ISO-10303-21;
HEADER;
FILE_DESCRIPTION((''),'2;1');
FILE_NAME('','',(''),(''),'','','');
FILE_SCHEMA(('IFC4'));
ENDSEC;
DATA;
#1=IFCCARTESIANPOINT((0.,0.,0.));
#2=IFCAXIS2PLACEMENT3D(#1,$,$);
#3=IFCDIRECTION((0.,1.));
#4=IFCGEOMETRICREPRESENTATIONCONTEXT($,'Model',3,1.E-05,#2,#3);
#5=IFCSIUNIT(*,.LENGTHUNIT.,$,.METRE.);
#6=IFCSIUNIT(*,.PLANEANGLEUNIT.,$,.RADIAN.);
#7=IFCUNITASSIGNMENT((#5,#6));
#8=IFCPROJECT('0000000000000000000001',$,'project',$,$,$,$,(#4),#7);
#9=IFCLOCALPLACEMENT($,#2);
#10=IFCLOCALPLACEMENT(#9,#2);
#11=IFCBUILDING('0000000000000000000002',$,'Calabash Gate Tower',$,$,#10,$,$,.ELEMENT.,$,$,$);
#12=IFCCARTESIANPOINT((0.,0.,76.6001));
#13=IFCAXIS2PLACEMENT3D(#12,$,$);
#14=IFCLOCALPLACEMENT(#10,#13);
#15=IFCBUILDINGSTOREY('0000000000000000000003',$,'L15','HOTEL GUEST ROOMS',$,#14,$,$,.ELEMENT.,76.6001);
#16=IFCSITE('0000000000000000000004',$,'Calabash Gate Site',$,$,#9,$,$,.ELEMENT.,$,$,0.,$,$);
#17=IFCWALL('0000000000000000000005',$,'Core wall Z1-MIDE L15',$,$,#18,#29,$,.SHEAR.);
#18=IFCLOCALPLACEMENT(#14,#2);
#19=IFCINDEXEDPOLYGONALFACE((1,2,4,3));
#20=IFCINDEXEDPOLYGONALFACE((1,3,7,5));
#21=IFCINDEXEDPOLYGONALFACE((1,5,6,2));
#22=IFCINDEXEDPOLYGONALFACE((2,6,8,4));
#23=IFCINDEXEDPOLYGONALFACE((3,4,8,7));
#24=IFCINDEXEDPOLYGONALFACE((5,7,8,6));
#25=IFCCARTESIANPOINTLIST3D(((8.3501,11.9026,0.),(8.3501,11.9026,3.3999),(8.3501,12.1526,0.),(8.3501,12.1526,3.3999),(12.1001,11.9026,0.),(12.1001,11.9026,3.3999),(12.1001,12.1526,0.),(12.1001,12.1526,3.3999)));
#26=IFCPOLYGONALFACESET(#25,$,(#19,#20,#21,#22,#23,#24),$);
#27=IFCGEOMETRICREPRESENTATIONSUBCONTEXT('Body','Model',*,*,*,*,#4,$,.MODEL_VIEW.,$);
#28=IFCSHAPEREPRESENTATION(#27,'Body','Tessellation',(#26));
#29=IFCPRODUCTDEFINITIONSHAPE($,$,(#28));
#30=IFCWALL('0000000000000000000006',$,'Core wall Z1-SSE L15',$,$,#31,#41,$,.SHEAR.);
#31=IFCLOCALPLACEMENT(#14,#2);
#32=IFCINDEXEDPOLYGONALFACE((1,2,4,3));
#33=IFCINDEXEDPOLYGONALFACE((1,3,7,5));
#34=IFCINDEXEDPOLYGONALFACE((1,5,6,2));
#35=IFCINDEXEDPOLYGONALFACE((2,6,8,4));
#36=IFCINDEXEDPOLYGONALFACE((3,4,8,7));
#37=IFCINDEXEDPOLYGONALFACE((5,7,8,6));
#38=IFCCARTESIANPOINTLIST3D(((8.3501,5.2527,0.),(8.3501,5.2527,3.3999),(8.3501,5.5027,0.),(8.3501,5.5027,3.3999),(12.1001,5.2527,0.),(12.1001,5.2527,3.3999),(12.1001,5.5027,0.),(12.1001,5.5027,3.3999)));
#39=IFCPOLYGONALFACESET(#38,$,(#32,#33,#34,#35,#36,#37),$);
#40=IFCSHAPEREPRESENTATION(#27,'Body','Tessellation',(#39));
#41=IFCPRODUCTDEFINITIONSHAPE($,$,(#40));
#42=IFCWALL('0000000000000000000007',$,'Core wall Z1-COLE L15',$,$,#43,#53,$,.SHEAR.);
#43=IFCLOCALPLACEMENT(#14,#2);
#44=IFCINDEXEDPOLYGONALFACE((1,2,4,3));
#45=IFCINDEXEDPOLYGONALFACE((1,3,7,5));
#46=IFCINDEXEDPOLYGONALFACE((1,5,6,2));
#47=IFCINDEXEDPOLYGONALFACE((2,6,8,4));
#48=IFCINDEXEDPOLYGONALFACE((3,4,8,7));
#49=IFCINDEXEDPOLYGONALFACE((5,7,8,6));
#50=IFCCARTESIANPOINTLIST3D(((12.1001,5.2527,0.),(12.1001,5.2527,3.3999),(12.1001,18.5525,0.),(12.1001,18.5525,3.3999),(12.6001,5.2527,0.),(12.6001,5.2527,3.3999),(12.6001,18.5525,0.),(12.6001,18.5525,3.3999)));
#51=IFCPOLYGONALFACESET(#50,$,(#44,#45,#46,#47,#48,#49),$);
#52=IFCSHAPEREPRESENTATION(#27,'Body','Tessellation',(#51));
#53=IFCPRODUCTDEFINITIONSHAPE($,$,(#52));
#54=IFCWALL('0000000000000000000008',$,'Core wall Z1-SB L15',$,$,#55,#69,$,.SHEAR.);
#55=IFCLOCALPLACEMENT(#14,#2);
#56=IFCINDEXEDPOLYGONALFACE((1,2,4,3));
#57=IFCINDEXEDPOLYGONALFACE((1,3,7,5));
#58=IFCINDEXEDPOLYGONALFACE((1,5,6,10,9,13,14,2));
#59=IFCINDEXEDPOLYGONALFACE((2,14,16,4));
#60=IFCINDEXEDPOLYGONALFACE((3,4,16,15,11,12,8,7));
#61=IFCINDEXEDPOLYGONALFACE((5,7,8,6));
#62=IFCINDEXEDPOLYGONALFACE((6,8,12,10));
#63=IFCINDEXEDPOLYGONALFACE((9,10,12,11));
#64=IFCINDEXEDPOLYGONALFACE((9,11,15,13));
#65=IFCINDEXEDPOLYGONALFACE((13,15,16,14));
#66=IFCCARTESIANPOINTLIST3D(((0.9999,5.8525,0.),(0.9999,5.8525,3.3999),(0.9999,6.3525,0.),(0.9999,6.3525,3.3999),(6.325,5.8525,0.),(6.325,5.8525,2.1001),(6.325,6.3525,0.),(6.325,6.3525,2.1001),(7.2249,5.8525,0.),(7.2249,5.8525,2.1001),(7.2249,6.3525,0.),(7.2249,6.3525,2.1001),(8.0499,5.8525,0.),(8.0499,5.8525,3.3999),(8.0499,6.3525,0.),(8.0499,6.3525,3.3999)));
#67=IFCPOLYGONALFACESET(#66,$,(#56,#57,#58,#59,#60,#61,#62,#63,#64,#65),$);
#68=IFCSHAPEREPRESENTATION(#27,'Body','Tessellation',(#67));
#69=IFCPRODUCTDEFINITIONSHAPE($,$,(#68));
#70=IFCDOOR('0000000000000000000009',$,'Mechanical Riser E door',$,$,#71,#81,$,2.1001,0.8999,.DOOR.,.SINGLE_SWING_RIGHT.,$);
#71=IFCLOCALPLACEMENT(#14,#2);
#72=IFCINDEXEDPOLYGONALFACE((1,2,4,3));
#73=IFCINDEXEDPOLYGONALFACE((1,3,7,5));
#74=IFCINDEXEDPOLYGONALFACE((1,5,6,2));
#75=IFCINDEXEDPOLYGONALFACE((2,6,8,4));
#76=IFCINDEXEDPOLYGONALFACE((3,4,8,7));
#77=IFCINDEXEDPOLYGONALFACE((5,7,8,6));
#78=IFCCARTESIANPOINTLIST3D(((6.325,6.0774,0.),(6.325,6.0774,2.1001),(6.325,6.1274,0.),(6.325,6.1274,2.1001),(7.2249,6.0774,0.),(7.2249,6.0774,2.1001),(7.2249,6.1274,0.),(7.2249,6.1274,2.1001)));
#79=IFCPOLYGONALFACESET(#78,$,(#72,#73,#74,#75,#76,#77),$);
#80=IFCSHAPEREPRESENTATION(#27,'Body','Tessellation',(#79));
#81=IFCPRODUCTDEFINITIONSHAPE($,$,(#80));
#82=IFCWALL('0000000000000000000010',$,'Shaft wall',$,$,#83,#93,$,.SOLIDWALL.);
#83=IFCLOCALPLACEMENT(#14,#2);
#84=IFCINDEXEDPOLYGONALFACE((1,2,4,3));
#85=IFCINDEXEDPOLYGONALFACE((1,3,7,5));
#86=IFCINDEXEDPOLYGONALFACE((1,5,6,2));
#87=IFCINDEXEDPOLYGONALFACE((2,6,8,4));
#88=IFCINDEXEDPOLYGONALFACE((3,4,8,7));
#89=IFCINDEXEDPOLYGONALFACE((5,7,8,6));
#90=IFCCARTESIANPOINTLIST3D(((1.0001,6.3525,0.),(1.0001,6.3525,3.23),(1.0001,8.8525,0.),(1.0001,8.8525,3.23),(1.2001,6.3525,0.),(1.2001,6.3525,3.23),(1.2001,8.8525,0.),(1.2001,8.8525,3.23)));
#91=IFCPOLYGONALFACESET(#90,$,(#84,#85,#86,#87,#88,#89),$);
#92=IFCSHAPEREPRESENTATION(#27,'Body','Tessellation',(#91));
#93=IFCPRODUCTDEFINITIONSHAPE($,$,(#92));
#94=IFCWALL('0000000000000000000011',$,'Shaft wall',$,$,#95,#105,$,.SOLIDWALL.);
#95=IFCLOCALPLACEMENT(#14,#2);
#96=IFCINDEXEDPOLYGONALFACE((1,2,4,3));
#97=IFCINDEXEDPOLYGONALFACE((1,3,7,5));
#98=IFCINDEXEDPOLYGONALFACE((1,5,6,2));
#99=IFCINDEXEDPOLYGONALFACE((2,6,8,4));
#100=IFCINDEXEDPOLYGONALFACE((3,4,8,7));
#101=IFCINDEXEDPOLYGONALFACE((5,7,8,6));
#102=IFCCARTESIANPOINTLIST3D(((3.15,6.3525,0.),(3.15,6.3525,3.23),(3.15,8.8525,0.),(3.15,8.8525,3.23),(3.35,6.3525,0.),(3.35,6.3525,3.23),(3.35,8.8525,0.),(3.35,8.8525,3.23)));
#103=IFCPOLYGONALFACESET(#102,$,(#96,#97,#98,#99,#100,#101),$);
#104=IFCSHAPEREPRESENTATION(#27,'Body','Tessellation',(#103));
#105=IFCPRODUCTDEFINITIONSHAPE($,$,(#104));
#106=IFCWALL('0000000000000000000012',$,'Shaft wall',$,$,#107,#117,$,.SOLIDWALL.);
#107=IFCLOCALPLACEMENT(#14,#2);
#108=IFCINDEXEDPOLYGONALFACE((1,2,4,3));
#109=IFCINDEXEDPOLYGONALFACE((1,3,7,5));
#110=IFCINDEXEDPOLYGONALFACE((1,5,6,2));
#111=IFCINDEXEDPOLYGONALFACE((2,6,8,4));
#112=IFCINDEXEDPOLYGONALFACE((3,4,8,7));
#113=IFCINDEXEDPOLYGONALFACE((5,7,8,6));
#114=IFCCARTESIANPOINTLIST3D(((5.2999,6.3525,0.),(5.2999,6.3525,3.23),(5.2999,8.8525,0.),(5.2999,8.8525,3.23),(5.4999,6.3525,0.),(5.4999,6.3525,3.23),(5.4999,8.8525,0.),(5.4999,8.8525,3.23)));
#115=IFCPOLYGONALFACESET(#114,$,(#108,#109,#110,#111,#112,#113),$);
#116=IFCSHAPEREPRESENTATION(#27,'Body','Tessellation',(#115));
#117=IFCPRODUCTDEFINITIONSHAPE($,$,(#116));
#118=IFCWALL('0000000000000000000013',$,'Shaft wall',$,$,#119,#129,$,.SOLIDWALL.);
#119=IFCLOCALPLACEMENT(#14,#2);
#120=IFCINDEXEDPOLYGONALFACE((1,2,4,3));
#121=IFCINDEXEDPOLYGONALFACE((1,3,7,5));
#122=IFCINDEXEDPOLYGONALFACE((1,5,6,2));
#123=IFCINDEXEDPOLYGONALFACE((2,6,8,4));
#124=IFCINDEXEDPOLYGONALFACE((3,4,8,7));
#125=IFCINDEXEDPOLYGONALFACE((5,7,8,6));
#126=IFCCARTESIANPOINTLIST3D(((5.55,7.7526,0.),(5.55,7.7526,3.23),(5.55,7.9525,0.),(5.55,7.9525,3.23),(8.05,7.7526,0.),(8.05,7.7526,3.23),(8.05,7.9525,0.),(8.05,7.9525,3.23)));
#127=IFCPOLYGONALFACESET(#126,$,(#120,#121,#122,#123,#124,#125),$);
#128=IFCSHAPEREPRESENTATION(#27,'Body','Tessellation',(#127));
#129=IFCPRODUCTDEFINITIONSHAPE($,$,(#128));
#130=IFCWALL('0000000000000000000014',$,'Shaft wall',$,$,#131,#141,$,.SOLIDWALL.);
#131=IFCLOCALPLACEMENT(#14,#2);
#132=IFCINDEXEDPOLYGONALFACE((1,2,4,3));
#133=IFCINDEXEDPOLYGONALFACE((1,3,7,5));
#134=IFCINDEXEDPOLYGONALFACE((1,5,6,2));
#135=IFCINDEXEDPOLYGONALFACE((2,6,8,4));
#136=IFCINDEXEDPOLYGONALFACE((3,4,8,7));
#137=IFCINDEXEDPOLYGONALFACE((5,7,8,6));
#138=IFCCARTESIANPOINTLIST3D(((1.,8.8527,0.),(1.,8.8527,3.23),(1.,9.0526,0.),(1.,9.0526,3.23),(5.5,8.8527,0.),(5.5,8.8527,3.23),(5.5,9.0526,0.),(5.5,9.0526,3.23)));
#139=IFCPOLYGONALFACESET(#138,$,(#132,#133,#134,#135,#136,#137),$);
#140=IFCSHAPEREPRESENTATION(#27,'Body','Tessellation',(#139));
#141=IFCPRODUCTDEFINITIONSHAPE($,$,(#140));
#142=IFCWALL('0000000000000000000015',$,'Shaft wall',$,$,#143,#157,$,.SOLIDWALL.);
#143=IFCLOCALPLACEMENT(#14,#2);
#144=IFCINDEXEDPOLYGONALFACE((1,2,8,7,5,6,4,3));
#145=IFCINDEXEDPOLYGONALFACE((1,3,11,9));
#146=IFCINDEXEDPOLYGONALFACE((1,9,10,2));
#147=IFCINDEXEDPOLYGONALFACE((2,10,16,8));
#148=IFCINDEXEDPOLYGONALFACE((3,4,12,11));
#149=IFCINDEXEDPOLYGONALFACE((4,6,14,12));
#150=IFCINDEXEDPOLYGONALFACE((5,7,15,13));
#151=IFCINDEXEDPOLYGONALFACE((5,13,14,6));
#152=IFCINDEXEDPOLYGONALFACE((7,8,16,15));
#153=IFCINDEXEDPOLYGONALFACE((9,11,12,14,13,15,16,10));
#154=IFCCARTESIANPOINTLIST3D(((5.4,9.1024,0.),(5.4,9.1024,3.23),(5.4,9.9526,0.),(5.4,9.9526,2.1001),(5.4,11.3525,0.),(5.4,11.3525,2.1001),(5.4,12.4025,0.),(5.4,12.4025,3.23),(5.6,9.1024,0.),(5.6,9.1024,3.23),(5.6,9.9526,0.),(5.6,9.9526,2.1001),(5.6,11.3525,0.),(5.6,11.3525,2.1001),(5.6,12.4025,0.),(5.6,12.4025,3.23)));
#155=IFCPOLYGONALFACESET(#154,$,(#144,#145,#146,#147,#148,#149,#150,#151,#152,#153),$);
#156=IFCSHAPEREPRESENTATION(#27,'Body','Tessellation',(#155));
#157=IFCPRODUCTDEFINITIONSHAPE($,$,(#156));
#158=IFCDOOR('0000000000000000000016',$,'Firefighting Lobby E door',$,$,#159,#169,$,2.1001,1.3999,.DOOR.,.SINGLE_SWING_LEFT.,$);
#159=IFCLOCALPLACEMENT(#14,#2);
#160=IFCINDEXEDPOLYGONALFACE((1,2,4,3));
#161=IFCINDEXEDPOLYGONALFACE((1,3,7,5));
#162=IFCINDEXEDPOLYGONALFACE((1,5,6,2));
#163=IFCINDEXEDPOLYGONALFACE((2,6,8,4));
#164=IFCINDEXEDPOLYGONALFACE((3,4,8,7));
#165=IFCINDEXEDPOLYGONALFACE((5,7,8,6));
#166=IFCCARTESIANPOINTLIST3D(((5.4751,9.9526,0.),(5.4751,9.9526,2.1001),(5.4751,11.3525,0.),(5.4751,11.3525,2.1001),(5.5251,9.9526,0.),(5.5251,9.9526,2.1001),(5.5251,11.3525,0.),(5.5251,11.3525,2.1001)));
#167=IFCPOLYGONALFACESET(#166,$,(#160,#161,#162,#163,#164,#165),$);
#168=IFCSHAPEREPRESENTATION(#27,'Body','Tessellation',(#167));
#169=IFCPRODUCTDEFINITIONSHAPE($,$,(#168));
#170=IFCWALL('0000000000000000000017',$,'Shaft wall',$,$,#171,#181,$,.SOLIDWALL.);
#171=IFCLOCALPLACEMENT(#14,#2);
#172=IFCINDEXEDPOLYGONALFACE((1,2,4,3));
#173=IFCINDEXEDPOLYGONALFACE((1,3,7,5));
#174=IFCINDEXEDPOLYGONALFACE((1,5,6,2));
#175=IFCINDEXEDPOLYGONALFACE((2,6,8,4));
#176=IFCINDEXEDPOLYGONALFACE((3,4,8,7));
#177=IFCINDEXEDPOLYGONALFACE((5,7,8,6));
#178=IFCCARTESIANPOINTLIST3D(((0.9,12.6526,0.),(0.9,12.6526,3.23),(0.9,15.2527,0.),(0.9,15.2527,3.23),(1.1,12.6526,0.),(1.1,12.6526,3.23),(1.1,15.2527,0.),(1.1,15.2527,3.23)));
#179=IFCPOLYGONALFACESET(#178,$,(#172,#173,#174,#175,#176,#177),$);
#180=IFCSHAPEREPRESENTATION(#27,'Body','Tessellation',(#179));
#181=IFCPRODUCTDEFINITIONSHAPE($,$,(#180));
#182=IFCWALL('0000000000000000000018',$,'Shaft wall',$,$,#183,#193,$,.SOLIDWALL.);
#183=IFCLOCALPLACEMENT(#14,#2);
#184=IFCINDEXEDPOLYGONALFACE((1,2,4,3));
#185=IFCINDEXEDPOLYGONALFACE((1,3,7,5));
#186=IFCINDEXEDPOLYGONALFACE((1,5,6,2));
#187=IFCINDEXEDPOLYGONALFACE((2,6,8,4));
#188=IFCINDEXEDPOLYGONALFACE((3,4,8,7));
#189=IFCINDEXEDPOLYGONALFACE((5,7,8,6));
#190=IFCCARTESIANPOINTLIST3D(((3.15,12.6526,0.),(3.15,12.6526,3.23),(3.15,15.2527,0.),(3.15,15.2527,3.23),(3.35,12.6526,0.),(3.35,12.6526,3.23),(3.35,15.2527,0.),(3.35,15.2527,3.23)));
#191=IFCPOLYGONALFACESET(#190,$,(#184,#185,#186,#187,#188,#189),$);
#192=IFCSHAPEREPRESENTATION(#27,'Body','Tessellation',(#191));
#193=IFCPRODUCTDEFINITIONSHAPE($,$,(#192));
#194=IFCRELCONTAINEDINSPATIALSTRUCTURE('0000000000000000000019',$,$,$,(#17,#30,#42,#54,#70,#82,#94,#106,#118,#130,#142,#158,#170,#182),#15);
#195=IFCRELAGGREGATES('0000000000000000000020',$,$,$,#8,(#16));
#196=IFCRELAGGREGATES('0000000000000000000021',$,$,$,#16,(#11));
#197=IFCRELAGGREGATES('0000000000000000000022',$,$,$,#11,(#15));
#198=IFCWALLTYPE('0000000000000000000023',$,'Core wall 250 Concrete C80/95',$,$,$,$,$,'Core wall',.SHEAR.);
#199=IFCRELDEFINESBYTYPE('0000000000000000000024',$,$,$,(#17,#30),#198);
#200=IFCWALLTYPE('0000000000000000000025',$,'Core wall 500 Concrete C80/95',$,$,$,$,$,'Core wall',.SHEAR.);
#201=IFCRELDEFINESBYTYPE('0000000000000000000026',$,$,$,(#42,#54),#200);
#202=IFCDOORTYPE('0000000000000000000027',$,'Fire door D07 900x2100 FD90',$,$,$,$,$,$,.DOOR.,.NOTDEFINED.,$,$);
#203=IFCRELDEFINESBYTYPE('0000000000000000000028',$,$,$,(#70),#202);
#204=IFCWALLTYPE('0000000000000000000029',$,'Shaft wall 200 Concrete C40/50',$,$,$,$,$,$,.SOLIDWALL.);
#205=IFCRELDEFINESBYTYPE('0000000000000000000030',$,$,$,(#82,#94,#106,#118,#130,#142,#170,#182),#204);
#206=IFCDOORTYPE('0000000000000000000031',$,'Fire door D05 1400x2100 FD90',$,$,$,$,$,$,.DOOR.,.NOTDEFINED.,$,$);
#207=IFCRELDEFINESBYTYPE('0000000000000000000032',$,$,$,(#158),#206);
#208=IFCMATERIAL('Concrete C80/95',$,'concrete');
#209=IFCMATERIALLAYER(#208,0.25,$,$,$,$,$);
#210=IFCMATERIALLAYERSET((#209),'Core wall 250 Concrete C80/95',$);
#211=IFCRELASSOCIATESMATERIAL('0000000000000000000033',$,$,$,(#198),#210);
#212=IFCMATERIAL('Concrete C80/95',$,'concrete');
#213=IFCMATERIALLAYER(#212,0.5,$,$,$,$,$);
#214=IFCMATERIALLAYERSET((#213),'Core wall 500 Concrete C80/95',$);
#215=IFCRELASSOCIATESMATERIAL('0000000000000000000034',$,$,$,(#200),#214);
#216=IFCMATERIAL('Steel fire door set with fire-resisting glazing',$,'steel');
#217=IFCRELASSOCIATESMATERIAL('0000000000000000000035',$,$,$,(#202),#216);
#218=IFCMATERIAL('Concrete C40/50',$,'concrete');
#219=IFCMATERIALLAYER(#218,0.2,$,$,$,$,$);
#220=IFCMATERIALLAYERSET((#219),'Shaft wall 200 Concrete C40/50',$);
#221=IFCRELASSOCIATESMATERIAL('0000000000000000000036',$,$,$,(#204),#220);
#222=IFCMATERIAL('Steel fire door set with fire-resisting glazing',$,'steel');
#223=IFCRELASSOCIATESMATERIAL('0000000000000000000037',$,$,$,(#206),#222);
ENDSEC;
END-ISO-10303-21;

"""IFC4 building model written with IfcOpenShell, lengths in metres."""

from ifc_helpers import new_model, si_unit, direction, frame, frame_2d, origin, place, context, subcontext, project, spatial, rectangle, extrude, material, layer, layer_set, type_object, element, fill, save


model = new_model("IFC4")

# Units and contexts
model_context = context("Model", 3, precision=1e-05, world=origin(), true_north=direction((0.0, 1.0)))
body_context = subcontext(model_context, "Body", "Model", "MODEL_VIEW")
ifc_project = project(units=[si_unit("LENGTHUNIT", "METRE"), si_unit("PLANEANGLEUNIT", "RADIAN")], contexts=[model_context])

# Site, building, storey
site_placement = place(None, origin())
site = spatial("IfcSite", under=ifc_project, at=site_placement, Name="Calabash Gate Site", CompositionType="ELEMENT", RefElevation=0.0)
building_placement = place(site_placement, origin())
building = spatial("IfcBuilding", under=site, at=building_placement, Name="Calabash Gate Tower", CompositionType="ELEMENT")
storey_placement = place(building_placement, frame((0.0, 0.0, 76.6001)))
storey = spatial("IfcBuildingStorey", under=building, at=storey_placement, Name="L15", Description="HOTEL GUEST ROOMS", CompositionType="ELEMENT", Elevation=76.6001)

# Walls
ifc_material_1 = material(Name="Concrete C80/95", Category="concrete")
ifc_layer_1 = layer(ifc_material_1, 0.25)
ifc_layer_set_1 = layer_set([ifc_layer_1], Name="Core wall 250 Concrete C80/95")
wall_type_1 = type_object("IfcWallType", Name="Core wall 250 Concrete C80/95", ElementType="Core wall", PredefinedType="SHEAR", material=ifc_layer_set_1)
for number, where, z_axis, x_axis, name in (
    (1, (8.3501, 12.0276, 0.0), (0.0, 0.0, 1.0), (1.0, 0.0, 0.0), "Core wall Z1-MIDE L15"),
    (2, (8.3501, 5.3777, 0.0), (0.0, 0.0, 1.0), (1.0, 0.0, 0.0), "Core wall Z1-SSE L15"),
):
    element("IfcWall", number, at=place(storey_placement, frame(where, z_axis=z_axis, x_axis=x_axis)), inside=storey, type_object=wall_type_1, Name=name, PredefinedType="SHEAR", context=body_context, shape_type="SweptSolid", body=[
        extrude(rectangle(XDim=3.75, YDim=0.25, at=frame_2d((1.875, 0.0))), origin(), (0.0, 0.0, 1.0), 3.3999),
    ])
ifc_material_2 = material(Name="Concrete C80/95", Category="concrete")
ifc_layer_2 = layer(ifc_material_2, 0.5)
ifc_layer_set_2 = layer_set([ifc_layer_2], Name="Core wall 500 Concrete C80/95")
wall_type_2 = type_object("IfcWallType", Name="Core wall 500 Concrete C80/95", ElementType="Core wall", PredefinedType="SHEAR", material=ifc_layer_set_2)
wall_1_placement = place(storey_placement, frame((12.3501, 5.2527, 0.0), z_axis=(0.0, 0.0, 1.0), x_axis=(0.0, 1.0, 0.0)))
element("IfcWall", 3, at=wall_1_placement, inside=storey, type_object=wall_type_2, Name="Core wall Z1-COLE L15", PredefinedType="SHEAR", context=body_context, shape_type="SweptSolid", body=[
    extrude(rectangle(XDim=13.2998, YDim=0.5, at=frame_2d((6.6499, 0.0))), origin(), (0.0, 0.0, 1.0), 3.3999),
])

# Wall, opening, door
wall_2_placement = place(storey_placement, frame((1.0, 6.1025, 0.0), z_axis=(0.0, 0.0, 1.0), x_axis=(1.0, 0.0, 0.0)))
wall_2 = element("IfcWall", 4, at=wall_2_placement, inside=storey, type_object=wall_type_2, Name="Core wall Z1-SB L15", PredefinedType="SHEAR", context=body_context, shape_type="SweptSolid", body=[
    extrude(rectangle(XDim=7.05, YDim=0.5, at=frame_2d((3.5249, 0.0))), origin(), (0.0, 0.0, 1.0), 3.3999),
])
opening_1_placement = place(wall_2_placement, frame((5.325, 0.0, 0.0)))
opening_1 = element("IfcOpeningElement", 5, at=opening_1_placement, cuts=wall_2, PredefinedType="OPENING", context=body_context, shape_type="SweptSolid", body=[
    extrude(rectangle(XDim=0.8999, YDim=2.1001, at=frame_2d((0.45, 1.05))), frame((0.0, 0.26, 0.0), z_axis=(0.0, -1.0, 0.0), x_axis=(1.0, 0.0, 0.0)), (0.0, 0.0, 1.0), 0.52),
])
ifc_material_3 = material(Name="Steel fire door set with fire-resisting glazing", Category="steel")
door_type_1 = type_object("IfcDoorType", Name="Fire door D07 900x2100 FD90", OperationType="NOTDEFINED", PredefinedType="DOOR", material=ifc_material_3)
door_1_placement = place(opening_1_placement, origin())
door_1 = element("IfcDoor", 6, at=door_1_placement, inside=storey, type_object=door_type_1, Name="Mechanical Riser E door", OperationType="SINGLE_SWING_RIGHT", OverallHeight=2.1001, OverallWidth=0.8999, PredefinedType="DOOR", context=body_context, shape_type="SweptSolid", body=[
    extrude(rectangle(XDim=0.8999, YDim=2.1001, at=frame_2d((0.45, 1.05))), frame((0.0, 0.0249, 0.0), z_axis=(0.0, -1.0, 0.0), x_axis=(1.0, 0.0, 0.0)), (0.0, 0.0, 1.0), 0.05),
])
fill(opening_1, door_1)

# Walls
ifc_material_4 = material(Name="Concrete C40/50", Category="concrete")
ifc_layer_3 = layer(ifc_material_4, 0.2)
ifc_layer_set_3 = layer_set([ifc_layer_3], Name="Shaft wall 200 Concrete C40/50")
wall_type_3 = type_object("IfcWallType", Name="Shaft wall 200 Concrete C40/50", PredefinedType="SOLIDWALL", material=ifc_layer_set_3)
for number, where, z_axis, x_axis, name in (
    (7, (1.1001, 6.3525, 0.0), (0.0, 0.0, 1.0), (0.0, 1.0, 0.0), "Shaft wall"),
    (8, (3.25, 6.3525, 0.0), (0.0, 0.0, 1.0), (0.0, 1.0, 0.0), "Shaft wall"),
    (9, (5.3999, 6.3525, 0.0), (0.0, 0.0, 1.0), (0.0, 1.0, 0.0), "Shaft wall"),
    (10, (5.55, 7.8525, 0.0), (0.0, 0.0, 1.0), (1.0, 0.0, 0.0), "Shaft wall"),
):
    element("IfcWall", number, at=place(storey_placement, frame(where, z_axis=z_axis, x_axis=x_axis)), inside=storey, type_object=wall_type_3, Name=name, PredefinedType="SOLIDWALL", context=body_context, shape_type="SweptSolid", body=[
        extrude(rectangle(XDim=2.5, YDim=0.2, at=frame_2d((1.25, 0.0))), origin(), (0.0, 0.0, 1.0), 3.23),
    ])
wall_3_placement = place(storey_placement, frame((1.0, 8.9526, 0.0), z_axis=(0.0, 0.0, 1.0), x_axis=(1.0, 0.0, 0.0)))
element("IfcWall", 11, at=wall_3_placement, inside=storey, type_object=wall_type_3, Name="Shaft wall", PredefinedType="SOLIDWALL", context=body_context, shape_type="SweptSolid", body=[
    extrude(rectangle(XDim=4.5, YDim=0.2, at=frame_2d((2.25, 0.0))), origin(), (0.0, 0.0, 1.0), 3.23),
])

# Wall, opening, door
wall_4_placement = place(storey_placement, frame((5.5, 9.1025, 0.0), z_axis=(0.0, 0.0, 1.0), x_axis=(0.0, 1.0, 0.0)))
wall_4 = element("IfcWall", 12, at=wall_4_placement, inside=storey, type_object=wall_type_3, Name="Shaft wall", PredefinedType="SOLIDWALL", context=body_context, shape_type="SweptSolid", body=[
    extrude(rectangle(XDim=3.3, YDim=0.2, at=frame_2d((1.6499, 0.0))), origin(), (0.0, 0.0, 1.0), 3.23),
])
opening_2_placement = place(wall_4_placement, frame((0.8501, 0.0, 0.0)))
opening_2 = element("IfcOpeningElement", 13, at=opening_2_placement, cuts=wall_4, PredefinedType="OPENING", context=body_context, shape_type="SweptSolid", body=[
    extrude(rectangle(XDim=1.3999, YDim=2.1001, at=frame_2d((0.7, 1.05))), frame((0.0, 0.1099, 0.0), z_axis=(0.0, -1.0, 0.0), x_axis=(1.0, 0.0, 0.0)), (0.0, 0.0, 1.0), 0.22),
])
ifc_material_5 = material(Name="Steel fire door set with fire-resisting glazing", Category="steel")
door_type_2 = type_object("IfcDoorType", Name="Fire door D05 1400x2100 FD90", OperationType="NOTDEFINED", PredefinedType="DOOR", material=ifc_material_5)
door_2_placement = place(opening_2_placement, origin())
door_2 = element("IfcDoor", 14, at=door_2_placement, inside=storey, type_object=door_type_2, Name="Firefighting Lobby E door", OperationType="SINGLE_SWING_LEFT", OverallHeight=2.1001, OverallWidth=1.3999, PredefinedType="DOOR", context=body_context, shape_type="SweptSolid", body=[
    extrude(rectangle(XDim=1.3999, YDim=2.1001, at=frame_2d((0.7, 1.05))), frame((0.0, 0.0249, 0.0), z_axis=(0.0, -1.0, 0.0), x_axis=(1.0, 0.0, 0.0)), (0.0, 0.0, 1.0), 0.05),
])
fill(opening_2, door_2)

# Walls
for number, where, z_axis, x_axis, name in (
    (15, (1.0, 12.6526, 0.0), (0.0, 0.0, 1.0), (0.0, 1.0, 0.0), "Shaft wall"),
    (16, (3.25, 12.6526, 0.0), (0.0, 0.0, 1.0), (0.0, 1.0, 0.0), "Shaft wall"),
):
    element("IfcWall", number, at=place(storey_placement, frame(where, z_axis=z_axis, x_axis=x_axis)), inside=storey, type_object=wall_type_3, Name=name, PredefinedType="SOLIDWALL", context=body_context, shape_type="SweptSolid", body=[
        extrude(rectangle(XDim=2.6001, YDim=0.2, at=frame_2d((1.3, 0.0))), origin(), (0.0, 0.0, 1.0), 3.23),
    ])

save(model, "model.ifc")
